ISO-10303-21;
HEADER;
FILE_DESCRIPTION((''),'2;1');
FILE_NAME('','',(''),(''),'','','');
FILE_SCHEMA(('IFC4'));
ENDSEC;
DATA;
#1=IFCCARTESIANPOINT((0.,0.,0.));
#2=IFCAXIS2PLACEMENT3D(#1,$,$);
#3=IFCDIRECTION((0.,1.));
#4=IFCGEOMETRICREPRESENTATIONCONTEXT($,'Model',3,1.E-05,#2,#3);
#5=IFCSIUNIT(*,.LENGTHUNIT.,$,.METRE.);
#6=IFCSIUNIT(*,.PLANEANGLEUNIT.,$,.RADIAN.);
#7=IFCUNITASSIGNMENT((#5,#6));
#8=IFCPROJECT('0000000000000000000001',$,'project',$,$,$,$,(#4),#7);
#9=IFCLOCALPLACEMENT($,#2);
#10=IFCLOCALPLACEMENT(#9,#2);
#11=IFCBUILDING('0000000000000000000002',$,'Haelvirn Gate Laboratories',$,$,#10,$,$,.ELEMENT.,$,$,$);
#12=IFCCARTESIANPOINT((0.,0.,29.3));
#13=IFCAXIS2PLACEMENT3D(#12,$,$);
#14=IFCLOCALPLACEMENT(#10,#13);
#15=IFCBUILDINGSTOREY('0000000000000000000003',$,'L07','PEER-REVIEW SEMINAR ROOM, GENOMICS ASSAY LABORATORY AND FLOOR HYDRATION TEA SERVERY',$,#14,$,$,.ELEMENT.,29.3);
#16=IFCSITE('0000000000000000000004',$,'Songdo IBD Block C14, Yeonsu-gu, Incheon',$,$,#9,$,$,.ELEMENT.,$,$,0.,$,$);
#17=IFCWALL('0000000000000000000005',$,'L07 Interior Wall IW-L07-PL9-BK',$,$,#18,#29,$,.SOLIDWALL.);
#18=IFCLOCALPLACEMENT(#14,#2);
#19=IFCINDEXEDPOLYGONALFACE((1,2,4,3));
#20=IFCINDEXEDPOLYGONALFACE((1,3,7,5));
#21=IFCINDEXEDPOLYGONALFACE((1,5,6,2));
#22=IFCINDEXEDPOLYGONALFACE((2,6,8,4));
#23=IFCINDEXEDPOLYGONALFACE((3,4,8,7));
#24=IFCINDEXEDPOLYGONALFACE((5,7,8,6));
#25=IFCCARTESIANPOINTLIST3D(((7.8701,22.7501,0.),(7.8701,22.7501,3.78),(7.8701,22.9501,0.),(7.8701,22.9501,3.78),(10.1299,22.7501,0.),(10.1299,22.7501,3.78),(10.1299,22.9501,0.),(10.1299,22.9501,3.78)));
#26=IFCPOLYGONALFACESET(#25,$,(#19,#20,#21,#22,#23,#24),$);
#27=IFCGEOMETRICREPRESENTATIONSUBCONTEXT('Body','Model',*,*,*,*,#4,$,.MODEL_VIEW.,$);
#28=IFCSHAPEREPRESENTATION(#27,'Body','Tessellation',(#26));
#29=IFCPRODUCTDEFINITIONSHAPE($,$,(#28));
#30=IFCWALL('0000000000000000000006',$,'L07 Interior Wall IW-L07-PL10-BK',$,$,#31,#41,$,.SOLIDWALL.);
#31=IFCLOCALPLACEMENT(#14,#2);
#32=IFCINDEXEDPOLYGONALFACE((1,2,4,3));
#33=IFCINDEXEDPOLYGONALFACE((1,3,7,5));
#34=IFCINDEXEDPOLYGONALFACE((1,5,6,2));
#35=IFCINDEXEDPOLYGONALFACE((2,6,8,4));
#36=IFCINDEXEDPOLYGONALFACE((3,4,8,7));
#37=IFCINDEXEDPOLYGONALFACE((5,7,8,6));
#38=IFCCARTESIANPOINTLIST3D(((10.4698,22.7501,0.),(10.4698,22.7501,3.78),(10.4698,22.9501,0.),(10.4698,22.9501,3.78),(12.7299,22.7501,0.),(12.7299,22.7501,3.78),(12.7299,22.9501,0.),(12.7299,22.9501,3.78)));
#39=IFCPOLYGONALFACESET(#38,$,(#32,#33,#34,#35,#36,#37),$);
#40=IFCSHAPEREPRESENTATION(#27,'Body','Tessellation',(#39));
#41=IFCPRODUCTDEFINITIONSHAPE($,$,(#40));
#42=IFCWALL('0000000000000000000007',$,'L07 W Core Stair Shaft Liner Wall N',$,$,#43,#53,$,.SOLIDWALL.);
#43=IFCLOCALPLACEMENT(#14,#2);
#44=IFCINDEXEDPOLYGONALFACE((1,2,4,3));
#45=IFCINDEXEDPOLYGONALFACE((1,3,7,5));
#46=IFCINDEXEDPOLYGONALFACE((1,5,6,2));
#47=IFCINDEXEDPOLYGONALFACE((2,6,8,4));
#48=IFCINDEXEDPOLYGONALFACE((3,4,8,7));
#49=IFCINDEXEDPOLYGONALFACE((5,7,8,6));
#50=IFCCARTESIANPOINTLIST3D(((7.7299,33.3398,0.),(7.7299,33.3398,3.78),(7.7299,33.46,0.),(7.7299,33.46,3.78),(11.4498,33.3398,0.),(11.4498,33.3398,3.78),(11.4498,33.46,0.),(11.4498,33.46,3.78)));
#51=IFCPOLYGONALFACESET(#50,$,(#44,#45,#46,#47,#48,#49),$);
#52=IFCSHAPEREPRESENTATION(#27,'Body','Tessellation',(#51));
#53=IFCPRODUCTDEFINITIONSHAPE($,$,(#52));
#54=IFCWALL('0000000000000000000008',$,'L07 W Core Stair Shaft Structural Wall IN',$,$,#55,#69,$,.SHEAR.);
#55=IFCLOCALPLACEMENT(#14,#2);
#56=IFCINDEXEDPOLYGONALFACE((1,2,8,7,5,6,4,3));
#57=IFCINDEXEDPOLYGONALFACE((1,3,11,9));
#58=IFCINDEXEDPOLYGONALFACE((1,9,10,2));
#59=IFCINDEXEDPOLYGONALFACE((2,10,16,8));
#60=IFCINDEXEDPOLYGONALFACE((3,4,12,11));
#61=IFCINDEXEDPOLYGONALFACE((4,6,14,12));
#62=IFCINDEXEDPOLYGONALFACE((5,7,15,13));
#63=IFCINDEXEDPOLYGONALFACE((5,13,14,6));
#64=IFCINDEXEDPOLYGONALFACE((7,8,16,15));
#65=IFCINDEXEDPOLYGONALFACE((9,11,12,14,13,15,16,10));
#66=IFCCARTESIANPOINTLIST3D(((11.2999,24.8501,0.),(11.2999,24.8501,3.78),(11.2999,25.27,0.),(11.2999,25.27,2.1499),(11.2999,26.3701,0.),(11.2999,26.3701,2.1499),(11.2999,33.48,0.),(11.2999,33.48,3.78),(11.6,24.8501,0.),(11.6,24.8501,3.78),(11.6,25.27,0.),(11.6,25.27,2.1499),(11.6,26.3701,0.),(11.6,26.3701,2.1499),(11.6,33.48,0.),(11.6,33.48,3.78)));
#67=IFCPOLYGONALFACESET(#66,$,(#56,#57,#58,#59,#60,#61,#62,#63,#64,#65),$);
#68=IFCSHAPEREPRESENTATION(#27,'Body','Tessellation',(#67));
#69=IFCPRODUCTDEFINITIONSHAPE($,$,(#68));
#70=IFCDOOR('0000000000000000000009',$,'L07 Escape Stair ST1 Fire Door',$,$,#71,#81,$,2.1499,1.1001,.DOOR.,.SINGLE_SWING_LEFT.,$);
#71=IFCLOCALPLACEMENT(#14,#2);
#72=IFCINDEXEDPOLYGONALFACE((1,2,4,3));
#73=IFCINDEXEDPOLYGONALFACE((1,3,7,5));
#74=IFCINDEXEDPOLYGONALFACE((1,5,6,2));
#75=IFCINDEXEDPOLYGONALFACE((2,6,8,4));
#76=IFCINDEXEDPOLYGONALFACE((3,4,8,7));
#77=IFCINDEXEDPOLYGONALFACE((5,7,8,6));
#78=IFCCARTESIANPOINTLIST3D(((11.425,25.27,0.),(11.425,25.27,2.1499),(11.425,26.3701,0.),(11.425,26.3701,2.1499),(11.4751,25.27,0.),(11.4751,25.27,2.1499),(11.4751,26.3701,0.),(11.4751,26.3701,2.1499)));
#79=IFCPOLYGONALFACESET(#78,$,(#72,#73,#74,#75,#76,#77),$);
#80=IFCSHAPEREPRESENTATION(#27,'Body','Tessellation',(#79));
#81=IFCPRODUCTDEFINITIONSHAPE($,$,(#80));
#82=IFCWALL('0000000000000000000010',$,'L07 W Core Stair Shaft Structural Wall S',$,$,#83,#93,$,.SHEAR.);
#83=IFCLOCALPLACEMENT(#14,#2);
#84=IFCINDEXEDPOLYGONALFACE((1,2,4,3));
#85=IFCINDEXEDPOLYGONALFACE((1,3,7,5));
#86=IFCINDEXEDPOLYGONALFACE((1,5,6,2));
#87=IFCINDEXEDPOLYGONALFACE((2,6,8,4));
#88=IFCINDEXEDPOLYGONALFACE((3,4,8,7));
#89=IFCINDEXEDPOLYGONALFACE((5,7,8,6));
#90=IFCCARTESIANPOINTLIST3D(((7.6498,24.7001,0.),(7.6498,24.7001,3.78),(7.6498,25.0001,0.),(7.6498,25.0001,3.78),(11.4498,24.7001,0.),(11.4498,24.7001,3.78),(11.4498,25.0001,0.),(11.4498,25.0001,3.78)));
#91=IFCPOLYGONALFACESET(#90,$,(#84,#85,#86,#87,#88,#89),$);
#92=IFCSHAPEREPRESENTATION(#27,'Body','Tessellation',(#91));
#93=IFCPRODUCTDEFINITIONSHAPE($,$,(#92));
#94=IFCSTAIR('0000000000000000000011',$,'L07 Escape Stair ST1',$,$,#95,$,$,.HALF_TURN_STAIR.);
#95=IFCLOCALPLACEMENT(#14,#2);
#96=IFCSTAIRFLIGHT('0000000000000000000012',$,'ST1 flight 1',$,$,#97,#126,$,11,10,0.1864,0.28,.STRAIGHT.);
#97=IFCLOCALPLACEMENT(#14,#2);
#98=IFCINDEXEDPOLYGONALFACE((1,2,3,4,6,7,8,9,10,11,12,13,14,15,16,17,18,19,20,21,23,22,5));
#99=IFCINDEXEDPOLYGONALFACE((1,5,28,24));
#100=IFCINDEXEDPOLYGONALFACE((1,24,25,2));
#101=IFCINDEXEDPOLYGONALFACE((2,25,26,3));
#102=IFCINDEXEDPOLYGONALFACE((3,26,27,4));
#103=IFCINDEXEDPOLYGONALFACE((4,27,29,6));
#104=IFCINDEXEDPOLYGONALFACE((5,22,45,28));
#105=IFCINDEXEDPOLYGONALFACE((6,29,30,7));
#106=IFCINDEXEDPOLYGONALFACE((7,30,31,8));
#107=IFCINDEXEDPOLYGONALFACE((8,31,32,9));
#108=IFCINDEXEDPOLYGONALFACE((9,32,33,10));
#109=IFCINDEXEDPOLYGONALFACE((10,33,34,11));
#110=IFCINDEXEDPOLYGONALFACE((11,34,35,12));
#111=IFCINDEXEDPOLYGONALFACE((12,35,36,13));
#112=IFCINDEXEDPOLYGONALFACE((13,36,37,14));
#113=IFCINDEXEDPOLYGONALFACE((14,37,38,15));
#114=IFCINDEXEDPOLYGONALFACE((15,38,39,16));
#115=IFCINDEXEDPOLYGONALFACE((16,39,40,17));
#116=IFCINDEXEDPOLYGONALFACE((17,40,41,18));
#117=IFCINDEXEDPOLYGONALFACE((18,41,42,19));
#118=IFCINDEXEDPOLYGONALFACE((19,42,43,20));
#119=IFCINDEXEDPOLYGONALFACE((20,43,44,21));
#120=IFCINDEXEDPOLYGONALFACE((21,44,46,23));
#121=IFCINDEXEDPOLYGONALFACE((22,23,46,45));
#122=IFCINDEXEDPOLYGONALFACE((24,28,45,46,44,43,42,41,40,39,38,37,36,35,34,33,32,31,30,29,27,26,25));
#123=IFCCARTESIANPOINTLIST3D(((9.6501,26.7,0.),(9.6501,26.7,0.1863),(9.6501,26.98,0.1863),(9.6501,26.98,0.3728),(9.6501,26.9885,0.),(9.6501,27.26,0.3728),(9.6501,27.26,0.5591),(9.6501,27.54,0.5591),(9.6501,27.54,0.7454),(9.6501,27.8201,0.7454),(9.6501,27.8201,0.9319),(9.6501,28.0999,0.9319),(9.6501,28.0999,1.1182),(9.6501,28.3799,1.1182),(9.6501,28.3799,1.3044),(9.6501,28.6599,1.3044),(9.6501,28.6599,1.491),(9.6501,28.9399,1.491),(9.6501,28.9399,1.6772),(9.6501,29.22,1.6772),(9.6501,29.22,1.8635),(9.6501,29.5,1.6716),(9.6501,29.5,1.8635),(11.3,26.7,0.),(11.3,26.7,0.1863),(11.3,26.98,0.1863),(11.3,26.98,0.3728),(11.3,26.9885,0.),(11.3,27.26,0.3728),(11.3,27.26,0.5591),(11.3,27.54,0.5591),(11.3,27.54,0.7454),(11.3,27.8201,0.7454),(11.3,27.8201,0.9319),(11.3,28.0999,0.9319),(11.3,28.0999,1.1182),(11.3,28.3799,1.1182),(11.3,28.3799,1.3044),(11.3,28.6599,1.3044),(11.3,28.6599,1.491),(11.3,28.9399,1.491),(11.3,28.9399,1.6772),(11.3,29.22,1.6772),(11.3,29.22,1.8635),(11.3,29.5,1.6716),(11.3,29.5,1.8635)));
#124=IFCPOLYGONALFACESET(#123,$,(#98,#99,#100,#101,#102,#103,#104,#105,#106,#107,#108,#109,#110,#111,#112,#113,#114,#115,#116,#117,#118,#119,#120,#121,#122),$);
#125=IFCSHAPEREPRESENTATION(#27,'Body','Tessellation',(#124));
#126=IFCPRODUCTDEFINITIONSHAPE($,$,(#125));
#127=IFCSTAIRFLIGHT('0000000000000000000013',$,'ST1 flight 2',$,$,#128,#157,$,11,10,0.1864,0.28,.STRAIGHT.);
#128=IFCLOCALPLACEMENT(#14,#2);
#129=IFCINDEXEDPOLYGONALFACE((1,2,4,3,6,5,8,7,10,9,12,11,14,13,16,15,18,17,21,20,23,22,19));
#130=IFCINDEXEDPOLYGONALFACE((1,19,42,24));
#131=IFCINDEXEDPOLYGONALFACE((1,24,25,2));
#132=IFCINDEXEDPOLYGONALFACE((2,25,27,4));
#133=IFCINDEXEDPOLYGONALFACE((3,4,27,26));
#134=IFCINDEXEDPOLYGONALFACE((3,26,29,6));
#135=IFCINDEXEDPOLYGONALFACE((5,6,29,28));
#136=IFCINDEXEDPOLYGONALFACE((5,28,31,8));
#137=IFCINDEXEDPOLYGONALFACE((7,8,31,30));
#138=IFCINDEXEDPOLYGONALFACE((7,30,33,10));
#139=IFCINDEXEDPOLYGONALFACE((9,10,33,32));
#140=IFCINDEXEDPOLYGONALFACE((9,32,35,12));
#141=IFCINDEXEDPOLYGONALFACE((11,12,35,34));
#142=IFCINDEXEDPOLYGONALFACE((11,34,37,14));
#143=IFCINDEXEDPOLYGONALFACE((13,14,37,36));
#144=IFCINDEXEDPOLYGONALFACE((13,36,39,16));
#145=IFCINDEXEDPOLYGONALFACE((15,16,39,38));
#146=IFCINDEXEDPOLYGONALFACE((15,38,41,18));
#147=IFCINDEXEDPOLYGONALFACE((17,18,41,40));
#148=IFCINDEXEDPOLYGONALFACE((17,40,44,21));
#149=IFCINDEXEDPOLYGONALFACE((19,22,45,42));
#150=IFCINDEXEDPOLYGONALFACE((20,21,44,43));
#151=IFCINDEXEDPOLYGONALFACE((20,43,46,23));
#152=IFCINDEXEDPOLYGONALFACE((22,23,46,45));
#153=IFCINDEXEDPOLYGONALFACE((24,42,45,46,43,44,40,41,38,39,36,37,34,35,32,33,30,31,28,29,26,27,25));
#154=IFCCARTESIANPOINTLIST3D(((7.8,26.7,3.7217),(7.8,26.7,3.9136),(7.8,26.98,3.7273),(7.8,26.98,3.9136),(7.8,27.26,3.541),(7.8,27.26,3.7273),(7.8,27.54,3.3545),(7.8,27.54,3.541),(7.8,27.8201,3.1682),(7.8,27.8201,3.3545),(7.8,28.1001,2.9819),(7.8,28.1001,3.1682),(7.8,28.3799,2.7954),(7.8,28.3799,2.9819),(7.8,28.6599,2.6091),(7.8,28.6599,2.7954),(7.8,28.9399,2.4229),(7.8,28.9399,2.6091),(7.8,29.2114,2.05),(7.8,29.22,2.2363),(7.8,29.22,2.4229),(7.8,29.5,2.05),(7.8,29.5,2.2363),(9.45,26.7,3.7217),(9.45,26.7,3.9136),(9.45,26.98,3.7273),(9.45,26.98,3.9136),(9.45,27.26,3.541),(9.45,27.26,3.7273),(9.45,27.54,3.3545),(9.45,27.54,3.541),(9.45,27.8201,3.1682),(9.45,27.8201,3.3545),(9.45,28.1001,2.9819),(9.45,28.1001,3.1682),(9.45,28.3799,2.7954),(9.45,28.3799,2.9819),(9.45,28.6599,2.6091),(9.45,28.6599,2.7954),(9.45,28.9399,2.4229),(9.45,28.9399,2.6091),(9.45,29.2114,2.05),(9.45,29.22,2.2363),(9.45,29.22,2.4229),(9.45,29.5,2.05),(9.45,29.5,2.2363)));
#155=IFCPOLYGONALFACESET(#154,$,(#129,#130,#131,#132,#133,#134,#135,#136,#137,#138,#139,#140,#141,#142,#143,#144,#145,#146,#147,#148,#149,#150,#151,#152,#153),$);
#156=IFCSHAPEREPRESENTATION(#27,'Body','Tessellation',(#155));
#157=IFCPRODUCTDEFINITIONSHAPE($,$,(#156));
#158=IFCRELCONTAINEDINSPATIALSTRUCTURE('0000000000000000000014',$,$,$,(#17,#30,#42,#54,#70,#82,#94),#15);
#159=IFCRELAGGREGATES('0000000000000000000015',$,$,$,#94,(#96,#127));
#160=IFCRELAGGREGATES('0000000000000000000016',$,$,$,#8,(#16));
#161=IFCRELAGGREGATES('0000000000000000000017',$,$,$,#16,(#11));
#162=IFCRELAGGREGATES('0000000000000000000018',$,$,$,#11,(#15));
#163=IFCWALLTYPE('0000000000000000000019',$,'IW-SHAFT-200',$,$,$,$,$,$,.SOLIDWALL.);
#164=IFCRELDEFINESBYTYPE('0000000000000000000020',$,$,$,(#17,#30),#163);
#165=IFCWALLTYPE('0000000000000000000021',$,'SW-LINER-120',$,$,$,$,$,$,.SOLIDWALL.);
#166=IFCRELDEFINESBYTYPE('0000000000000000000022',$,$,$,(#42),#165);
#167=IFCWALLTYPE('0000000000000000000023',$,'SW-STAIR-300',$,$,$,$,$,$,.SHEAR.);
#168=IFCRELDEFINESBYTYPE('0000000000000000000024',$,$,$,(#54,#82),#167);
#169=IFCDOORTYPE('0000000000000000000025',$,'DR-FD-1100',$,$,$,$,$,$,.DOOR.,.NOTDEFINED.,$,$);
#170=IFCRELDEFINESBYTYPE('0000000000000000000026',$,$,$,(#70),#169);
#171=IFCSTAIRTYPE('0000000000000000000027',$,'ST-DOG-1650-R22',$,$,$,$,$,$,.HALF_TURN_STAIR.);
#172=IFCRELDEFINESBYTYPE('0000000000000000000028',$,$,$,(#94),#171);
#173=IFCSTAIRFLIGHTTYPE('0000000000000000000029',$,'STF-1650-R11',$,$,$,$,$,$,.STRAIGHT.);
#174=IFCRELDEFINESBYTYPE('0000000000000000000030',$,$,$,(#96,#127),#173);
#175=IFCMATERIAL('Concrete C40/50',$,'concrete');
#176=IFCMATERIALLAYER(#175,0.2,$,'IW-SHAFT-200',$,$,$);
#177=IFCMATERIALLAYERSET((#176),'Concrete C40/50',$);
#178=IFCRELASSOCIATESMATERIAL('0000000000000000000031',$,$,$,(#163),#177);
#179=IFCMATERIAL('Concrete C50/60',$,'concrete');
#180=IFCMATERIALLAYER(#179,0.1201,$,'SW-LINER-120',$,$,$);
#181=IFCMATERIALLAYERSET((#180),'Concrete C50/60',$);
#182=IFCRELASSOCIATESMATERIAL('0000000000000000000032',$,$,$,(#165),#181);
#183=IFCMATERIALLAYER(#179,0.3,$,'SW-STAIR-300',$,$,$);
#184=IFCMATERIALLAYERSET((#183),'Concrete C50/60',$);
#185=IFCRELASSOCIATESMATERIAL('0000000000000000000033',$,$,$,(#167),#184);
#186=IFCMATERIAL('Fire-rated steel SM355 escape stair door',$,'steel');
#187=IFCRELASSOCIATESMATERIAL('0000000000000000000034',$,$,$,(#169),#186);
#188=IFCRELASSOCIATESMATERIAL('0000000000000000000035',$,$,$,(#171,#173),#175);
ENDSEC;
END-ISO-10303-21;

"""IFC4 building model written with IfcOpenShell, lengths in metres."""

from ifc_helpers import new_model, si_unit, direction, frame, frame_2d, origin, place, context, subcontext, project, spatial, polyline, rectangle, outline, extrude, source, transform, mapped, material, layer, layer_set, type_object, type_shapes, element, fill, aggregate, save


model = new_model("IFC4")

# Units and contexts
model_context = context("Model", 3, precision=1e-05, world=origin(), true_north=direction((0.0, 1.0)))
body_context = subcontext(model_context, "Body", "Model", "MODEL_VIEW")
ifc_project = project(units=[si_unit("LENGTHUNIT", "METRE"), si_unit("PLANEANGLEUNIT", "RADIAN")], contexts=[model_context])

# Site, building, storey
site_placement = place(None, origin())
site = spatial("IfcSite", under=ifc_project, at=site_placement, Name="Songdo IBD Block C14, Yeonsu-gu, Incheon", CompositionType="ELEMENT", RefElevation=0.0)
building_placement = place(site_placement, origin())
building = spatial("IfcBuilding", under=site, at=building_placement, Name="Haelvirn Gate Laboratories", CompositionType="ELEMENT")
storey_placement = place(building_placement, frame((0.0, 0.0, 29.3)))
storey = spatial("IfcBuildingStorey", under=building, at=storey_placement, Name="L07", Description="PEER-REVIEW SEMINAR ROOM, GENOMICS ASSAY LABORATORY AND FLOOR HYDRATION TEA SERVERY", CompositionType="ELEMENT", Elevation=29.3)

# Walls
ifc_material_1 = material(Name="Concrete C40/50", Category="concrete")
ifc_layer_1 = layer(ifc_material_1, 0.2, Name="IW-SHAFT-200")
ifc_layer_set_1 = layer_set([ifc_layer_1], Name="Concrete C40/50")
wall_type_1 = type_object("IfcWallType", Name="IW-SHAFT-200", PredefinedType="SOLIDWALL", material=ifc_layer_set_1)
wall_1_placement = place(storey_placement, frame((7.8701, 22.8501, 0.0), z_axis=(0.0, 0.0, 1.0), x_axis=(1.0, 0.0, 0.0)))
element("IfcWall", 1, at=wall_1_placement, inside=storey, type_object=wall_type_1, Name="L07 Interior Wall IW-L07-PL9-BK", PredefinedType="SOLIDWALL", context=body_context, shape_type="SweptSolid", body=[
    extrude(rectangle(XDim=2.2598, YDim=0.2, at=frame_2d((1.1299, 0.0))), origin(), (0.0, 0.0, 1.0), 3.78),
])
wall_2_placement = place(storey_placement, frame((10.47, 22.8501, 0.0), z_axis=(0.0, 0.0, 1.0), x_axis=(1.0, 0.0, 0.0)))
element("IfcWall", 2, at=wall_2_placement, inside=storey, type_object=wall_type_1, Name="L07 Interior Wall IW-L07-PL10-BK", PredefinedType="SOLIDWALL", context=body_context, shape_type="SweptSolid", body=[
    extrude(rectangle(XDim=2.26, YDim=0.2, at=frame_2d((1.1299, 0.0))), origin(), (0.0, 0.0, 1.0), 3.78),
])

# Wall
ifc_material_2 = material(Name="Concrete C50/60", Category="concrete")
ifc_layer_2 = layer(ifc_material_2, 0.1201, Name="SW-LINER-120")
ifc_layer_set_2 = layer_set([ifc_layer_2], Name="Concrete C50/60")
wall_type_2 = type_object("IfcWallType", Name="SW-LINER-120", PredefinedType="SOLIDWALL", material=ifc_layer_set_2)
wall_3_placement = place(storey_placement, frame((7.73, 33.3999, 0.0), z_axis=(0.0, 0.0, 1.0), x_axis=(1.0, 0.0, 0.0)))
element("IfcWall", 3, at=wall_3_placement, inside=storey, type_object=wall_type_2, Name="L07 W Core Stair Shaft Liner Wall N", PredefinedType="SOLIDWALL", context=body_context, shape_type="SweptSolid", body=[
    extrude(rectangle(XDim=3.72, YDim=0.1201, at=frame_2d((1.8599, 0.0))), origin(), (0.0, 0.0, 1.0), 3.78),
])

# Wall, opening, door
ifc_layer_3 = layer(ifc_material_2, 0.3, Name="SW-STAIR-300")
ifc_layer_set_3 = layer_set([ifc_layer_3], Name="Concrete C50/60")
wall_type_3 = type_object("IfcWallType", Name="SW-STAIR-300", PredefinedType="SHEAR", material=ifc_layer_set_3)
wall_4_placement = place(storey_placement, frame((11.45, 24.8501, 0.0), z_axis=(0.0, 0.0, 1.0), x_axis=(0.0, 1.0, 0.0)))
wall_4 = element("IfcWall", 4, at=wall_4_placement, inside=storey, type_object=wall_type_3, Name="L07 W Core Stair Shaft Structural Wall IN", PredefinedType="SHEAR", context=body_context, shape_type="SweptSolid", body=[
    extrude(rectangle(XDim=8.6299, YDim=0.3, at=frame_2d((4.3149, 0.0))), origin(), (0.0, 0.0, 1.0), 3.78),
])
opening_1_placement = place(wall_4_placement, frame((0.4199, 0.0, 0.0)))
opening_1 = element("IfcOpeningElement", 5, at=opening_1_placement, cuts=wall_4, PredefinedType="OPENING", context=body_context, shape_type="SweptSolid", body=[
    extrude(rectangle(XDim=1.1001, YDim=2.1499, at=frame_2d((0.55, 1.075))), frame((0.0, 0.1602, 0.0), z_axis=(0.0, -1.0, 0.0), x_axis=(1.0, 0.0, 0.0)), (0.0, 0.0, 1.0), 0.3201),
])
ifc_material_3 = material(Name="Fire-rated steel SM355 escape stair door", Category="steel")
door_type_1 = type_object("IfcDoorType", Name="DR-FD-1100", OperationType="NOTDEFINED", PredefinedType="DOOR", material=ifc_material_3)
shared_shape_1 = source(origin(), body_context, "Body", "SweptSolid", [
    extrude(rectangle(XDim=1.1001, YDim=2.1499, at=frame_2d((0.55, 1.075))), frame((0.0, 0.0249, 0.0), z_axis=(0.0, -1.0, 0.0), x_axis=(1.0, 0.0, 0.0)), (0.0, 0.0, 1.0), 0.05),
])
type_shapes(door_type_1, [shared_shape_1])
door_1_placement = place(opening_1_placement, origin())
door_1 = element("IfcDoor", 6, at=door_1_placement, inside=storey, type_object=door_type_1, Name="L07 Escape Stair ST1 Fire Door", OperationType="SINGLE_SWING_LEFT", OverallHeight=2.1499, OverallWidth=1.1001, PredefinedType="DOOR", context=body_context, shape_type="MappedRepresentation", body=[
    mapped(shared_shape_1, transform((0.0, 0.0, 0.0), scale=1.0)),
])
fill(opening_1, door_1)

# Wall
wall_5_placement = place(storey_placement, frame((7.6499, 24.8501, 0.0), z_axis=(0.0, 0.0, 1.0), x_axis=(1.0, 0.0, 0.0)))
element("IfcWall", 7, at=wall_5_placement, inside=storey, type_object=wall_type_3, Name="L07 W Core Stair Shaft Structural Wall S", PredefinedType="SHEAR", context=body_context, shape_type="SweptSolid", body=[
    extrude(rectangle(XDim=3.8, YDim=0.3, at=frame_2d((1.8999, 0.0))), origin(), (0.0, 0.0, 1.0), 3.78),
])

# Stair, stair flights
stair_type = type_object("IfcStairType", Name="ST-DOG-1650-R22", PredefinedType="HALF_TURN_STAIR", material=ifc_material_1)
stair_placement = place(storey_placement, origin())
stair = element("IfcStair", 8, at=stair_placement, inside=storey, type_object=stair_type, Name="L07 Escape Stair ST1", PredefinedType="HALF_TURN_STAIR")
stair_flight_type = type_object("IfcStairFlightType", Name="STF-1650-R11", PredefinedType="STRAIGHT", material=ifc_material_1)
shared_shape_2 = source(origin(), body_context, "Body", "SweptSolid", [
    extrude(outline(polyline([(0.0, 0.0), (0.0, 0.1863), (0.28, 0.1863), (0.28, 0.3728), (0.5601, 0.3728), (0.5601, 0.5591), (0.8401, 0.5591), (0.8401, 0.7454), (1.1201, 0.7454), (1.1201, 0.9319), (1.3999, 0.9319), (1.3999, 1.1182), (1.6799, 1.1182), (1.6799, 1.3044), (1.96, 1.3044), (1.96, 1.491), (2.24, 1.491), (2.24, 1.6772), (2.52, 1.6772), (2.52, 1.8635), (2.8, 1.8635), (2.8, 2.05), (2.8, 1.6716), (0.2886, 0.0), (0.0, 0.0)])), frame((0.0, 0.825, 0.0), z_axis=(0.0, -1.0, 0.0), x_axis=(1.0, 0.0, 0.0)), (0.0, 0.0, 1.0), 1.6499),
])
type_shapes(stair_flight_type, [shared_shape_2])
stair_flight_1_placement = place(storey_placement, frame((10.4751, 26.7, 0.0), z_axis=(0.0, 0.0, 1.0), x_axis=(0.0, 1.0, 0.0)))
stair_flight_1 = element("IfcStairFlight", 9, at=stair_flight_1_placement, type_object=stair_flight_type, Name="ST1 flight 1", NumberOfRisers=11, NumberOfTreads=10, PredefinedType="STRAIGHT", RiserHeight=0.1864, TreadLength=0.28, context=body_context, shape_type="MappedRepresentation", body=[
    mapped(shared_shape_2, transform((0.0, 0.0, 0.0), scale=1.0)),
])
stair_flight_2_placement = place(storey_placement, frame((8.625, 29.5, 2.05), z_axis=(0.0, 0.0, 1.0), x_axis=(0.0, -1.0, 0.0)))
stair_flight_2 = element("IfcStairFlight", 10, at=stair_flight_2_placement, type_object=stair_flight_type, Name="ST1 flight 2", NumberOfRisers=11, NumberOfTreads=10, PredefinedType="STRAIGHT", RiserHeight=0.1864, TreadLength=0.28, context=body_context, shape_type="MappedRepresentation", body=[
    mapped(shared_shape_2, transform((0.0, 0.0, 0.0), scale=1.0)),
])
aggregate(stair, [stair_flight_1, stair_flight_2])

save(model, "model.ifc")
